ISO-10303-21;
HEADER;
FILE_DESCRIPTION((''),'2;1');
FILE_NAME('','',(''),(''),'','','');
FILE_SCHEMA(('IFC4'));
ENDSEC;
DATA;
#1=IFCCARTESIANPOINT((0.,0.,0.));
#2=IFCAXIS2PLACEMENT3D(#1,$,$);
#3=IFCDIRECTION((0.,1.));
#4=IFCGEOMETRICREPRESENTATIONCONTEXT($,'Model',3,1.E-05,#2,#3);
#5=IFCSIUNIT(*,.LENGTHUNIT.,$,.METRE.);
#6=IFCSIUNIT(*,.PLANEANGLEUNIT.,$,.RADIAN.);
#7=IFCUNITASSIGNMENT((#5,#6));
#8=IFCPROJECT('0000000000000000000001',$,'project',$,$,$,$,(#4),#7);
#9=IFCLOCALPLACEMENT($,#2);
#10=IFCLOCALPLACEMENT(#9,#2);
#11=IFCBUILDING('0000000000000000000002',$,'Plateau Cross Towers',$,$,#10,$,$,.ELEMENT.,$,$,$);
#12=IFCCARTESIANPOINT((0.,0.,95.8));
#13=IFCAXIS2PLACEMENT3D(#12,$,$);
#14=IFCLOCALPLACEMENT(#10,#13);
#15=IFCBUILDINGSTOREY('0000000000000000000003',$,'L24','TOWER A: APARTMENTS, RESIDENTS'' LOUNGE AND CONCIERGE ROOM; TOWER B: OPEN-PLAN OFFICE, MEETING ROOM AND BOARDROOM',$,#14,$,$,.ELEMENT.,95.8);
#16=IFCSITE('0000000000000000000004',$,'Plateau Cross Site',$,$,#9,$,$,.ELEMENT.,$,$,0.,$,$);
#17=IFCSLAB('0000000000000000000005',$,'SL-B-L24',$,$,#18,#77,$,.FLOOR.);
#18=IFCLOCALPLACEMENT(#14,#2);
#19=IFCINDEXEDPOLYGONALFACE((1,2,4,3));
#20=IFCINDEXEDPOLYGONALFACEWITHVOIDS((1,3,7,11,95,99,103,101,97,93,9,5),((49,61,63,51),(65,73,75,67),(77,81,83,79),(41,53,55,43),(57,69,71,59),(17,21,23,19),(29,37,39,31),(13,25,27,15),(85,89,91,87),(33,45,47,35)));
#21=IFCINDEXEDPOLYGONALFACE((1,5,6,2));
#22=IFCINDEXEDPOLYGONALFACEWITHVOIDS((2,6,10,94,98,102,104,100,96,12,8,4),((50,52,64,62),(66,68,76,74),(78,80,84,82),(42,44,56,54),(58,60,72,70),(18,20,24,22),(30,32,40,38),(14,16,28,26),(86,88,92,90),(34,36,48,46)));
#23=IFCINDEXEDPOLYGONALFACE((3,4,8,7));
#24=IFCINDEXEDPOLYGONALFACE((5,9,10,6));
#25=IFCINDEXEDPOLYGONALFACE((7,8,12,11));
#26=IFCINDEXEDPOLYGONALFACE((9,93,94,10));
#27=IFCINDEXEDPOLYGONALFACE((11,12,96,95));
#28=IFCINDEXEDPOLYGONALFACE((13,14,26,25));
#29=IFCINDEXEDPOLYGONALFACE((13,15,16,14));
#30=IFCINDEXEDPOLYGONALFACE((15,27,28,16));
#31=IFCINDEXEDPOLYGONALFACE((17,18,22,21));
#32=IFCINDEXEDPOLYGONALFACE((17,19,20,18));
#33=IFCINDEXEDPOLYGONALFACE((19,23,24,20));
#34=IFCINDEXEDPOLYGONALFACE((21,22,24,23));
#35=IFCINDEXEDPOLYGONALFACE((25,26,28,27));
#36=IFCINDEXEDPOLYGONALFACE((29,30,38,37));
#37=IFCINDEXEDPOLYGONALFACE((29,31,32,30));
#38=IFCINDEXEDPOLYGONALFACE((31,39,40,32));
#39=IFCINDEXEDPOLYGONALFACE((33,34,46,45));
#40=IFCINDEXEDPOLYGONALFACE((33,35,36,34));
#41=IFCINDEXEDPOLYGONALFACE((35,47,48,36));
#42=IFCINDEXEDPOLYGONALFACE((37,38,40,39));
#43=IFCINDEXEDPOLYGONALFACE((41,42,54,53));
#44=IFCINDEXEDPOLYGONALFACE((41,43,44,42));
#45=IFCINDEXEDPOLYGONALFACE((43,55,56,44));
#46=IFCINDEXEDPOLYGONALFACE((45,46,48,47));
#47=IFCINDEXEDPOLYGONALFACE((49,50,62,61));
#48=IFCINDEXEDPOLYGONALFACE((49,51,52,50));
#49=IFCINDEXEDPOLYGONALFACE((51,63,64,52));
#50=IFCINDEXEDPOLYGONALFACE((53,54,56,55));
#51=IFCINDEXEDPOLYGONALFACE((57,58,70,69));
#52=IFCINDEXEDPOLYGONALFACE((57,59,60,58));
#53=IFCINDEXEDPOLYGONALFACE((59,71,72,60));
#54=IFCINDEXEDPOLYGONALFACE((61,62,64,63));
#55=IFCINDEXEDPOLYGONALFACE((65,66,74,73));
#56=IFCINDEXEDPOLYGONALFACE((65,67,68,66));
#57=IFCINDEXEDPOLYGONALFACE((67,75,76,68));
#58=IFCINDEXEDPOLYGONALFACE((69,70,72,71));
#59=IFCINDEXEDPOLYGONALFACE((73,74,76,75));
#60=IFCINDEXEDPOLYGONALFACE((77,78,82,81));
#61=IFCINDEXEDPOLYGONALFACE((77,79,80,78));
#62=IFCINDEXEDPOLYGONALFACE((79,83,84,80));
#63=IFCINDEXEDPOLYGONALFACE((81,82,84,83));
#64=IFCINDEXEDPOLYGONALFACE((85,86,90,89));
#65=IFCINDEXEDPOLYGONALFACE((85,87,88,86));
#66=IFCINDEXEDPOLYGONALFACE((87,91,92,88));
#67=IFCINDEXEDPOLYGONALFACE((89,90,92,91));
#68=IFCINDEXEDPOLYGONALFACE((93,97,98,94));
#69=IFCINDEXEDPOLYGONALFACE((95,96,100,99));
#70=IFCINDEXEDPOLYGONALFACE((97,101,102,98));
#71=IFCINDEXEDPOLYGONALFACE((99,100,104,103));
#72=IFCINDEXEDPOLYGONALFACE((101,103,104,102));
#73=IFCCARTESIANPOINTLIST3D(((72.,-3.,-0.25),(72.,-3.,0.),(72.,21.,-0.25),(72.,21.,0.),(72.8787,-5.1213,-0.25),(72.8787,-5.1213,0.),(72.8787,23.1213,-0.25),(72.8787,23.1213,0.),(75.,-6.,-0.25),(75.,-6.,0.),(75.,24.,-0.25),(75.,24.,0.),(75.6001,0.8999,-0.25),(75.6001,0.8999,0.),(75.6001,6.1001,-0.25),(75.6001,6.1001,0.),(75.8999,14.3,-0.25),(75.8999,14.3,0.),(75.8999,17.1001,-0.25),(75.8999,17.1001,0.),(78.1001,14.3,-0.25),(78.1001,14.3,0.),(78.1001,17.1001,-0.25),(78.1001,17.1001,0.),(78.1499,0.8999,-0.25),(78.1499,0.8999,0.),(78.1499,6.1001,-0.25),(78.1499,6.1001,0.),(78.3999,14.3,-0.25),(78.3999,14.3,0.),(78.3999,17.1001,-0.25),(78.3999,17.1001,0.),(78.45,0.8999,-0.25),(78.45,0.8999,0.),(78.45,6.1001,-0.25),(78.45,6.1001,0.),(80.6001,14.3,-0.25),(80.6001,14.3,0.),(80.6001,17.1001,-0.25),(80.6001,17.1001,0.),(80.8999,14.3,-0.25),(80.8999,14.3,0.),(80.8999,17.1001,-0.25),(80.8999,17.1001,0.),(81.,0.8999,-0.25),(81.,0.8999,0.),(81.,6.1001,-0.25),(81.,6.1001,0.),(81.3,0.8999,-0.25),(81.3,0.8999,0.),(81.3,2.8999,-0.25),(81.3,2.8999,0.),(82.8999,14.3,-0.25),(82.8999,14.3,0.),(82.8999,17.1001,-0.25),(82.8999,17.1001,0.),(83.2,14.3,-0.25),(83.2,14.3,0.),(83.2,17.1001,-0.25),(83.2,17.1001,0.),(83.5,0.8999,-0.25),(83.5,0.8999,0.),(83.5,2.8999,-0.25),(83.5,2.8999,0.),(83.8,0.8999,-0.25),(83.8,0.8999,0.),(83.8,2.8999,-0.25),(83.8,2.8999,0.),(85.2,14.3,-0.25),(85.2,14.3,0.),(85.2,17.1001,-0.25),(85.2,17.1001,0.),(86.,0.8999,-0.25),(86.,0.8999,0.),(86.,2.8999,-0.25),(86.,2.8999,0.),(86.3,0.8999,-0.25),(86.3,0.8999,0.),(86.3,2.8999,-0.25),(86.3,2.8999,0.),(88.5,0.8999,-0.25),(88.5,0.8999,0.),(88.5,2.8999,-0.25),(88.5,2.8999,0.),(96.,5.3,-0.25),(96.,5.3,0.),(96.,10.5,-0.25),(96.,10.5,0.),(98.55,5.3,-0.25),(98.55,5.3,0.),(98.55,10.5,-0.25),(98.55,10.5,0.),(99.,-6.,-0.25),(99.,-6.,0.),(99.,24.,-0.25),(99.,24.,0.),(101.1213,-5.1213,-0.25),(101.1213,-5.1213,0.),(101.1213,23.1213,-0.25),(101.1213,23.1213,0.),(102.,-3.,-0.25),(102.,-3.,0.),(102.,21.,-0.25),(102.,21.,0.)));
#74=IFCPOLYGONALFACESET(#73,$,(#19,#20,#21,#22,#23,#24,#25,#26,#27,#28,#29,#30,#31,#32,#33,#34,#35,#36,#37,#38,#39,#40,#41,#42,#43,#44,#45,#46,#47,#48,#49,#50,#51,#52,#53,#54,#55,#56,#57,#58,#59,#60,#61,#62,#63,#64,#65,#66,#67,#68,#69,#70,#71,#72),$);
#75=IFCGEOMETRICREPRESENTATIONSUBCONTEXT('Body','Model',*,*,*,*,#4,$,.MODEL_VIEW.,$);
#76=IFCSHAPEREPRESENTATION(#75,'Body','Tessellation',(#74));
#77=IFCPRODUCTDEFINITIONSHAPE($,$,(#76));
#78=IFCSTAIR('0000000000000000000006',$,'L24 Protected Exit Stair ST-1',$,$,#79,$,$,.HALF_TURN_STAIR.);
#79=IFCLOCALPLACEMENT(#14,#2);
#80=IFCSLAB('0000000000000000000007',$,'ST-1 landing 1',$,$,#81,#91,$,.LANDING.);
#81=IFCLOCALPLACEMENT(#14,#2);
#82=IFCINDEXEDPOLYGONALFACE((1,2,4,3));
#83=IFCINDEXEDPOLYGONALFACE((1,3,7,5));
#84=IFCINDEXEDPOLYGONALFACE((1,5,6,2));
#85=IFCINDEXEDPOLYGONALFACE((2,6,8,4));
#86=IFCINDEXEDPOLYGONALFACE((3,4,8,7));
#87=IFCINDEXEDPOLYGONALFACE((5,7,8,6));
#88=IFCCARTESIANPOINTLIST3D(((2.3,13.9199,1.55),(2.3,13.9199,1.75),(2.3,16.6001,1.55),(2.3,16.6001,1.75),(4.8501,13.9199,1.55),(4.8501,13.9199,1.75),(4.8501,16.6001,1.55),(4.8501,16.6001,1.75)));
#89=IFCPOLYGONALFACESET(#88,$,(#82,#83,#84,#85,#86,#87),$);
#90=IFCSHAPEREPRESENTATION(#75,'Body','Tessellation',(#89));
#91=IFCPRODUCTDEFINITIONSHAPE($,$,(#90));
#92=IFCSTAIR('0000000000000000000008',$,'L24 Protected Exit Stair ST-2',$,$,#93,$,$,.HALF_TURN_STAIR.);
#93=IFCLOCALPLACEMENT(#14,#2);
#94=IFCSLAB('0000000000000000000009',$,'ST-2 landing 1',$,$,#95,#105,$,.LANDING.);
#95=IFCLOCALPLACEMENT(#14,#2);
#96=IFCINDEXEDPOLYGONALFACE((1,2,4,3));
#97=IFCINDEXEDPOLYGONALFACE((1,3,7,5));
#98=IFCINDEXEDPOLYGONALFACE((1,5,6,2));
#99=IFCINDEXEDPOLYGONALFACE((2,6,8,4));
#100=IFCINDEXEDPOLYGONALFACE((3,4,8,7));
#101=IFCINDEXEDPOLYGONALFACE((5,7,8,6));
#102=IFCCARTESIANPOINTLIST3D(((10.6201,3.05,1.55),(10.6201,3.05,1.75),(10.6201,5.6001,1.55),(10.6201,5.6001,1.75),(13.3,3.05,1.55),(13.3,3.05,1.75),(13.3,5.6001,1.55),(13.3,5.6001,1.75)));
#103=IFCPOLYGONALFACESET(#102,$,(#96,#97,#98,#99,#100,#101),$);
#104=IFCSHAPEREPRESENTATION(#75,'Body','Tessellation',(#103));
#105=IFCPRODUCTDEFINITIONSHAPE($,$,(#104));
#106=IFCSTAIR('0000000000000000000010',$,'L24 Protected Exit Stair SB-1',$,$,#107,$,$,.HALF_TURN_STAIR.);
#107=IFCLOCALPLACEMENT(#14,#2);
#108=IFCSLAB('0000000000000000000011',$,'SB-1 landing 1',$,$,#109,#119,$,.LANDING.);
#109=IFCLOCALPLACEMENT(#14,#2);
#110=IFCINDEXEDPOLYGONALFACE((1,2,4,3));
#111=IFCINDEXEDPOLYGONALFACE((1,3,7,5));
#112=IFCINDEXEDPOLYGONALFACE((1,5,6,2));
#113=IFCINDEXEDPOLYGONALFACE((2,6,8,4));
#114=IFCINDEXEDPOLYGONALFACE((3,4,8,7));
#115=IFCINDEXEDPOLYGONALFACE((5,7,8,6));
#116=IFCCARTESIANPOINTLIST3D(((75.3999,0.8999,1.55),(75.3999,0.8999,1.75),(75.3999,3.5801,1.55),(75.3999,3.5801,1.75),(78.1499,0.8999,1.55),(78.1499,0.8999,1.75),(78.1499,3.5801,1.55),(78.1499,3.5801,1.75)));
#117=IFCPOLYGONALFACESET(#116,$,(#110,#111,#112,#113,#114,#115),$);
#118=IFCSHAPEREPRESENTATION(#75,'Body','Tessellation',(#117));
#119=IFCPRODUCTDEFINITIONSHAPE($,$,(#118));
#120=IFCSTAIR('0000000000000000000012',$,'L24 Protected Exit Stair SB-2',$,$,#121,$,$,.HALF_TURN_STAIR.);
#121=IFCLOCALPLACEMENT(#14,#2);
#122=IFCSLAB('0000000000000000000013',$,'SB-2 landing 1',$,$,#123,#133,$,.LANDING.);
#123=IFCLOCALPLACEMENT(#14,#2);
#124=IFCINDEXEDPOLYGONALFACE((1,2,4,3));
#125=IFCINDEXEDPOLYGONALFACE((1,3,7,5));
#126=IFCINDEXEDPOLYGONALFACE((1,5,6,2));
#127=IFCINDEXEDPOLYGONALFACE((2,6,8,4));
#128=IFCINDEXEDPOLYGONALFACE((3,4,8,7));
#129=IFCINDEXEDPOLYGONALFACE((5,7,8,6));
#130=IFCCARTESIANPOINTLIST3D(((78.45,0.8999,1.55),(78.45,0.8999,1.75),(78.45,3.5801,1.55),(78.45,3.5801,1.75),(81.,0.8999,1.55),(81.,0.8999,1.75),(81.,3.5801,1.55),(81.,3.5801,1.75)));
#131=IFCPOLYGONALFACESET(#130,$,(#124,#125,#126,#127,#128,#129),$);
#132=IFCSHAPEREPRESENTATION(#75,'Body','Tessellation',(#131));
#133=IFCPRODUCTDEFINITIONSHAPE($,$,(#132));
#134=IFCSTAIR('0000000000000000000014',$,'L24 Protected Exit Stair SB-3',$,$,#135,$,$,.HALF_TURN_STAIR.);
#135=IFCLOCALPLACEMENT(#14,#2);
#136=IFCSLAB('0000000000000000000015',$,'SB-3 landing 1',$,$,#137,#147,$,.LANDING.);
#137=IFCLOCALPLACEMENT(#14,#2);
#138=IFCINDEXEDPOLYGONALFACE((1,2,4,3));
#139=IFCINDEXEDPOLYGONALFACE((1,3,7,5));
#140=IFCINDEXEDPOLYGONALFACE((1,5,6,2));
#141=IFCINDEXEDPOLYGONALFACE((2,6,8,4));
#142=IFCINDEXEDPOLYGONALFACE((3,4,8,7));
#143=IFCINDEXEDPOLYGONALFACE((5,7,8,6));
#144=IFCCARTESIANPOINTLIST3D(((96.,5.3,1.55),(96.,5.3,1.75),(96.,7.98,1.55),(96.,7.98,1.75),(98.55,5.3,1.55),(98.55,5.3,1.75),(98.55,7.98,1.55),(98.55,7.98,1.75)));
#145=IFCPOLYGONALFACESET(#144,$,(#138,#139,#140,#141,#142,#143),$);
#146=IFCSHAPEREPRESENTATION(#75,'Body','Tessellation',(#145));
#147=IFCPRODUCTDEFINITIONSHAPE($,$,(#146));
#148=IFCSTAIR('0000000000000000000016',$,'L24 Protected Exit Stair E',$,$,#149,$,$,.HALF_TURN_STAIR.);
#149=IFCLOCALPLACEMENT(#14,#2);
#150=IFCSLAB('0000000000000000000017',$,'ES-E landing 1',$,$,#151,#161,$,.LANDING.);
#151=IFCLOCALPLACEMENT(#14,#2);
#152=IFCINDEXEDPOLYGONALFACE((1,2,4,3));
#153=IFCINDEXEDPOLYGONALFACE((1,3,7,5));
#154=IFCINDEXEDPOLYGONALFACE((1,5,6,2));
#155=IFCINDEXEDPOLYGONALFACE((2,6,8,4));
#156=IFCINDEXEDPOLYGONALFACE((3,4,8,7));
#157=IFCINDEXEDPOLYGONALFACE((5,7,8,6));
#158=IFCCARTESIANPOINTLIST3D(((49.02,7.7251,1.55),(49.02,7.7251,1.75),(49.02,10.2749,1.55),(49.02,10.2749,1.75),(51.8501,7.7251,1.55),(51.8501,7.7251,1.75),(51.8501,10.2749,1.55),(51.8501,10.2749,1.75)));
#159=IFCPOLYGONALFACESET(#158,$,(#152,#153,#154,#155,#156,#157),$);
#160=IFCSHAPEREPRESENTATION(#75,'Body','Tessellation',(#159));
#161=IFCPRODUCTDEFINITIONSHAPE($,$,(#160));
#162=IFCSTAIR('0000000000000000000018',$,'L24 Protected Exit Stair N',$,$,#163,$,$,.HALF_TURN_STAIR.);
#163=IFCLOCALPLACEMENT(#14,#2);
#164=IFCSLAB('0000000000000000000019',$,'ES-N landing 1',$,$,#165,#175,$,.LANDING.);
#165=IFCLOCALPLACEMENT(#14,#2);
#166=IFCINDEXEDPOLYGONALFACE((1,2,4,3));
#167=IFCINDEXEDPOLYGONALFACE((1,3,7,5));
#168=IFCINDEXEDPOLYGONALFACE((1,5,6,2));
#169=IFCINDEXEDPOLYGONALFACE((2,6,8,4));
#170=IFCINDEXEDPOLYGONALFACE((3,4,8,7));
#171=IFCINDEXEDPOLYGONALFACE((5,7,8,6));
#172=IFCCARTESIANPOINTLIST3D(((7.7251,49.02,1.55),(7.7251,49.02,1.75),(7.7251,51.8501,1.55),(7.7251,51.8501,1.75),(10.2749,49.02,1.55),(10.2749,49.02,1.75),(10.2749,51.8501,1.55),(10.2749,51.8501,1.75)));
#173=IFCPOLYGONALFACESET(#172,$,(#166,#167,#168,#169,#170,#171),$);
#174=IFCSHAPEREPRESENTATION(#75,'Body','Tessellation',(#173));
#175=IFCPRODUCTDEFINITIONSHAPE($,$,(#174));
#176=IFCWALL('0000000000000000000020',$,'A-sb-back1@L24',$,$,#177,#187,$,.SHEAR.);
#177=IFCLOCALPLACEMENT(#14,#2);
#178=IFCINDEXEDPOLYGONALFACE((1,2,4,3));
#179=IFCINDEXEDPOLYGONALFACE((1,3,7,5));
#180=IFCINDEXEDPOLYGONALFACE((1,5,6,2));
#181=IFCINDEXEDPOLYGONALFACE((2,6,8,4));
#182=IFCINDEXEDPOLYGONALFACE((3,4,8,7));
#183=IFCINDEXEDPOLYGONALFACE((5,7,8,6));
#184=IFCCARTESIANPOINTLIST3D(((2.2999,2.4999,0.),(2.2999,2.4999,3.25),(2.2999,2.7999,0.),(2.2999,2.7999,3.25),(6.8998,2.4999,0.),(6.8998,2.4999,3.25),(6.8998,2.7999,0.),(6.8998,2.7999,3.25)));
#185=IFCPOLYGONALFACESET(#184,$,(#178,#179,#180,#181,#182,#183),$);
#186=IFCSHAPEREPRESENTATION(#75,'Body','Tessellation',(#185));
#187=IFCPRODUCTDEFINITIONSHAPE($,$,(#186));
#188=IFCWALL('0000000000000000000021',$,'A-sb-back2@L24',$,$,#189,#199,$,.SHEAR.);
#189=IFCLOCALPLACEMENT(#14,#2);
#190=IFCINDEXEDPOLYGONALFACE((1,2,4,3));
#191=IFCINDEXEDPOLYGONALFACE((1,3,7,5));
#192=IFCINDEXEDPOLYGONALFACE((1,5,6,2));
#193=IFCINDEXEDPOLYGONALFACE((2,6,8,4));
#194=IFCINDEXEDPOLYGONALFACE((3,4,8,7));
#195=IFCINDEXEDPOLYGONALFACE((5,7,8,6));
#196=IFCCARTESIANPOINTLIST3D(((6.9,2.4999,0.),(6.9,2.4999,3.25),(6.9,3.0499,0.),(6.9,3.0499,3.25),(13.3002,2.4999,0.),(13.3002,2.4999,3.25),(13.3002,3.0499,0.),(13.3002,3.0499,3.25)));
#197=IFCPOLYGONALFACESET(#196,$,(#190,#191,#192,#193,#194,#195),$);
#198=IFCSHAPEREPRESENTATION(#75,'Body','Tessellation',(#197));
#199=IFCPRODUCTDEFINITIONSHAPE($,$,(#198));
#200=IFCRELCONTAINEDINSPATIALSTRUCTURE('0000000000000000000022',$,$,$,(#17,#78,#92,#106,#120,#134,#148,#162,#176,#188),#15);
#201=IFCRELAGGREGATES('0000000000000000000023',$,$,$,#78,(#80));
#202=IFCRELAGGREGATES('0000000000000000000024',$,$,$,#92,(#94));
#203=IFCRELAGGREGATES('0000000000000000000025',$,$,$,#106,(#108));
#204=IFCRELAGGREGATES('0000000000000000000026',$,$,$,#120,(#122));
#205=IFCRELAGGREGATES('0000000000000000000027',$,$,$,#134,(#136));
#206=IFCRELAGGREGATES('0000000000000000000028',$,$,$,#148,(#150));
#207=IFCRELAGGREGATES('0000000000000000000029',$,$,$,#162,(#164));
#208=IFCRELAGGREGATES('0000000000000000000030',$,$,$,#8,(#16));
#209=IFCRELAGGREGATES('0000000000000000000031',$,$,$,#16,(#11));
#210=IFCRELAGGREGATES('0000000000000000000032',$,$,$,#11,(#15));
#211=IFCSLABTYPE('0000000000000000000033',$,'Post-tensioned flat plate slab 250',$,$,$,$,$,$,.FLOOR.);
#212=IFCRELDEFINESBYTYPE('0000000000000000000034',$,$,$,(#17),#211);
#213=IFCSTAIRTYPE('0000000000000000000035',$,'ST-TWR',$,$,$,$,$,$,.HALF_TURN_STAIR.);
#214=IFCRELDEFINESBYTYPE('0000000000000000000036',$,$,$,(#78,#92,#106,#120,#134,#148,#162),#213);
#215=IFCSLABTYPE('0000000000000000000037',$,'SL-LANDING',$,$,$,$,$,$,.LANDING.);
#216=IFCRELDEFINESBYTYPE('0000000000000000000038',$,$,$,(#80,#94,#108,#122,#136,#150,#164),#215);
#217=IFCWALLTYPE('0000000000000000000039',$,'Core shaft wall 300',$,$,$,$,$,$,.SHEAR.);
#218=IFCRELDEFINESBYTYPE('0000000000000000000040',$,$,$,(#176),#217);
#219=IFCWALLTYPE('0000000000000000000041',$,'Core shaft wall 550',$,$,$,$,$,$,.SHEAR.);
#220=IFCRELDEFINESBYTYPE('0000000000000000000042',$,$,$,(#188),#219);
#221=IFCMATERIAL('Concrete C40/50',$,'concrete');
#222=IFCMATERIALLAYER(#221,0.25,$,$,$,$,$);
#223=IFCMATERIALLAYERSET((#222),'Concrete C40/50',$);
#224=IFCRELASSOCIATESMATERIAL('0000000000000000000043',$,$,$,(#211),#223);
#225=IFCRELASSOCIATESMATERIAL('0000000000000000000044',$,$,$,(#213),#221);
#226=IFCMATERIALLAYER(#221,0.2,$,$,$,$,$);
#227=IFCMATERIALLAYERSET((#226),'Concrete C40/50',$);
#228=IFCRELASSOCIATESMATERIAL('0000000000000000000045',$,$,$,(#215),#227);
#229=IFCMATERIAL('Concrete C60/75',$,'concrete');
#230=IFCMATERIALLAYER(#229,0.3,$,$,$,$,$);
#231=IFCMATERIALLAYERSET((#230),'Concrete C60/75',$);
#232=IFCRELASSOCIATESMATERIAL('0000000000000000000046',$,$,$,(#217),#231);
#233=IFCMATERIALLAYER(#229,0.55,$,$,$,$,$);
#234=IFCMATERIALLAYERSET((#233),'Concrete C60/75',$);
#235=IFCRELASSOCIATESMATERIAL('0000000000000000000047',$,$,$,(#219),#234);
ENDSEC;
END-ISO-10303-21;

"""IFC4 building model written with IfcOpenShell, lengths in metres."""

from ifc_helpers import new_model, si_unit, direction, frame, frame_2d, origin, place, context, subcontext, project, spatial, polyline, rectangle, outline, extrude, material, layer, layer_set, type_object, element, aggregate, save


model = new_model("IFC4")

# Units and contexts
model_context = context("Model", 3, precision=1e-05, world=origin(), true_north=direction((0.0, 1.0)))
body_context = subcontext(model_context, "Body", "Model", "MODEL_VIEW")
ifc_project = project(units=[si_unit("LENGTHUNIT", "METRE"), si_unit("PLANEANGLEUNIT", "RADIAN")], contexts=[model_context])

# Site, building, storey
site_placement = place(None, origin())
site = spatial("IfcSite", under=ifc_project, at=site_placement, Name="Plateau Cross Site", CompositionType="ELEMENT", RefElevation=0.0)
building_placement = place(site_placement, origin())
building = spatial("IfcBuilding", under=site, at=building_placement, Name="Plateau Cross Towers", CompositionType="ELEMENT")
storey_placement = place(building_placement, frame((0.0, 0.0, 95.8)))
storey = spatial("IfcBuildingStorey", under=building, at=storey_placement, Name="L24", Description="TOWER A: APARTMENTS, RESIDENTS' LOUNGE AND CONCIERGE ROOM; TOWER B: OPEN-PLAN OFFICE, MEETING ROOM AND BOARDROOM", CompositionType="ELEMENT", Elevation=95.8)

# Shared definitions
ifc_material_1 = material(Name="Concrete C60/75", Category="concrete")

# Shared definitions
ifc_material_2 = material(Name="Concrete C40/50", Category="concrete")

# Slab
ifc_layer_1 = layer(ifc_material_2, 0.25)
ifc_layer_set_1 = layer_set([ifc_layer_1], Name="Concrete C40/50")
slab_type_1 = type_object("IfcSlabType", Name="Post-tensioned flat plate slab 250", PredefinedType="FLOOR", material=ifc_layer_set_1)
slab_1_placement = place(storey_placement, frame((0.0, 0.0, -0.25)))
element("IfcSlab", 1, at=slab_1_placement, inside=storey, type_object=slab_type_1, Name="SL-B-L24", PredefinedType="FLOOR", context=body_context, shape_type="SweptSolid", body=[
    extrude(outline(polyline([(72.8787, -5.1213), (72.0, -3.0), (72.0, 21.0), (72.8787, 23.1213), (75.0, 24.0), (99.0, 24.0), (101.1213, 23.1213), (102.0, 21.0), (102.0, -3.0), (101.1213, -5.1213), (99.0, -6.0), (75.0, -6.0), (72.8787, -5.1213)]), holes=[polyline([(75.6001, 0.8999), (78.1499, 0.8999), (78.1499, 6.1001), (75.6001, 6.1001), (75.6001, 0.8999)]), polyline([(78.1001, 14.3), (78.1001, 17.1001), (75.8999, 17.1001), (75.8999, 14.3), (78.1001, 14.3)]), polyline([(83.5, 0.8999), (83.5, 2.8999), (81.3, 2.8999), (81.3, 0.8999), (83.5, 0.8999)]), polyline([(86.0, 0.8999), (86.0, 2.8999), (83.8, 2.8999), (83.8, 0.8999), (86.0, 0.8999)]), polyline([(88.5, 0.8999), (88.5, 2.8999), (86.3, 2.8999), (86.3, 0.8999), (88.5, 0.8999)]), polyline([(78.45, 0.8999), (81.0, 0.8999), (81.0, 6.1001), (78.45, 6.1001), (78.45, 0.8999)]), polyline([(96.0, 5.3), (98.55, 5.3), (98.55, 10.5), (96.0, 10.5), (96.0, 5.3)]), polyline([(80.6001, 14.3), (80.6001, 17.1001), (78.3999, 17.1001), (78.3999, 14.3), (80.6001, 14.3)]), polyline([(80.8999, 14.3), (82.8999, 14.3), (82.8999, 17.1001), (80.8999, 17.1001), (80.8999, 14.3)]), polyline([(83.2, 14.3), (85.2, 14.3), (85.2, 17.1001), (83.2, 17.1001), (83.2, 14.3)])]), origin(), (0.0, 0.0, 1.0), 0.25),
])

# Stairs, slabs
stair_type = type_object("IfcStairType", Name="ST-TWR", PredefinedType="HALF_TURN_STAIR", material=ifc_material_2)
stair_1_placement = place(storey_placement, origin())
stair_1 = element("IfcStair", 2, at=stair_1_placement, inside=storey, type_object=stair_type, Name="L24 Protected Exit Stair ST-1", PredefinedType="HALF_TURN_STAIR")
ifc_layer_2 = layer(ifc_material_2, 0.2)
ifc_layer_set_2 = layer_set([ifc_layer_2], Name="Concrete C40/50")
slab_type_2 = type_object("IfcSlabType", Name="SL-LANDING", PredefinedType="LANDING", material=ifc_layer_set_2)
slab_2_placement = place(storey_placement, frame((0.0, 0.0, 1.55)))
slab_2 = element("IfcSlab", 3, at=slab_2_placement, type_object=slab_type_2, Name="ST-1 landing 1", PredefinedType="LANDING", context=body_context, shape_type="SweptSolid", body=[
    extrude(outline(polyline([(4.8501, 13.9199), (4.8501, 16.6001), (2.3, 16.6001), (2.3, 13.9199), (4.8501, 13.9199)])), origin(), (0.0, 0.0, 1.0), 0.2),
])
aggregate(stair_1, [slab_2])
stair_2_placement = place(storey_placement, origin())
stair_2 = element("IfcStair", 4, at=stair_2_placement, inside=storey, type_object=stair_type, Name="L24 Protected Exit Stair ST-2", PredefinedType="HALF_TURN_STAIR")
slab_3_placement = place(storey_placement, frame((0.0, 0.0, 1.55)))
slab_3 = element("IfcSlab", 5, at=slab_3_placement, type_object=slab_type_2, Name="ST-2 landing 1", PredefinedType="LANDING", context=body_context, shape_type="SweptSolid", body=[
    extrude(outline(polyline([(10.6201, 3.05), (13.3, 3.05), (13.3, 5.6001), (10.6201, 5.6001), (10.6201, 3.05)])), origin(), (0.0, 0.0, 1.0), 0.2),
])
aggregate(stair_2, [slab_3])
stair_3_placement = place(storey_placement, origin())
stair_3 = element("IfcStair", 6, at=stair_3_placement, inside=storey, type_object=stair_type, Name="L24 Protected Exit Stair SB-1", PredefinedType="HALF_TURN_STAIR")
slab_4_placement = place(storey_placement, frame((0.0, 0.0, 1.55)))
slab_4 = element("IfcSlab", 7, at=slab_4_placement, type_object=slab_type_2, Name="SB-1 landing 1", PredefinedType="LANDING", context=body_context, shape_type="SweptSolid", body=[
    extrude(outline(polyline([(75.3999, 3.5801), (75.3999, 0.8999), (78.1499, 0.8999), (78.1499, 3.5801), (75.3999, 3.5801)])), origin(), (0.0, 0.0, 1.0), 0.2),
])
aggregate(stair_3, [slab_4])
stair_4_placement = place(storey_placement, origin())
stair_4 = element("IfcStair", 8, at=stair_4_placement, inside=storey, type_object=stair_type, Name="L24 Protected Exit Stair SB-2", PredefinedType="HALF_TURN_STAIR")
slab_5_placement = place(storey_placement, frame((0.0, 0.0, 1.55)))
slab_5 = element("IfcSlab", 9, at=slab_5_placement, type_object=slab_type_2, Name="SB-2 landing 1", PredefinedType="LANDING", context=body_context, shape_type="SweptSolid", body=[
    extrude(outline(polyline([(78.45, 3.5801), (78.45, 0.8999), (81.0, 0.8999), (81.0, 3.5801), (78.45, 3.5801)])), origin(), (0.0, 0.0, 1.0), 0.2),
])
aggregate(stair_4, [slab_5])
stair_5_placement = place(storey_placement, origin())
stair_5 = element("IfcStair", 10, at=stair_5_placement, inside=storey, type_object=stair_type, Name="L24 Protected Exit Stair SB-3", PredefinedType="HALF_TURN_STAIR")
slab_6_placement = place(storey_placement, frame((0.0, 0.0, 1.55)))
slab_6 = element("IfcSlab", 11, at=slab_6_placement, type_object=slab_type_2, Name="SB-3 landing 1", PredefinedType="LANDING", context=body_context, shape_type="SweptSolid", body=[
    extrude(outline(polyline([(96.0, 7.98), (96.0, 5.3), (98.55, 5.3), (98.55, 7.98), (96.0, 7.98)])), origin(), (0.0, 0.0, 1.0), 0.2),
])
aggregate(stair_5, [slab_6])
stair_6_placement = place(storey_placement, origin())
stair_6 = element("IfcStair", 12, at=stair_6_placement, inside=storey, type_object=stair_type, Name="L24 Protected Exit Stair E", PredefinedType="HALF_TURN_STAIR")
slab_7_placement = place(storey_placement, frame((0.0, 0.0, 1.55)))
slab_7 = element("IfcSlab", 13, at=slab_7_placement, type_object=slab_type_2, Name="ES-E landing 1", PredefinedType="LANDING", context=body_context, shape_type="SweptSolid", body=[
    extrude(outline(polyline([(49.02, 7.7251), (51.8501, 7.7251), (51.8501, 10.2749), (49.02, 10.2749), (49.02, 7.7251)])), origin(), (0.0, 0.0, 1.0), 0.2),
])
aggregate(stair_6, [slab_7])
stair_7_placement = place(storey_placement, origin())
stair_7 = element("IfcStair", 14, at=stair_7_placement, inside=storey, type_object=stair_type, Name="L24 Protected Exit Stair N", PredefinedType="HALF_TURN_STAIR")
slab_8_placement = place(storey_placement, frame((0.0, 0.0, 1.55)))
slab_8 = element("IfcSlab", 15, at=slab_8_placement, type_object=slab_type_2, Name="ES-N landing 1", PredefinedType="LANDING", context=body_context, shape_type="SweptSolid", body=[
    extrude(outline(polyline([(10.2749, 49.02), (10.2749, 51.8501), (7.7251, 51.8501), (7.7251, 49.02), (10.2749, 49.02)])), origin(), (0.0, 0.0, 1.0), 0.2),
])
aggregate(stair_7, [slab_8])

# Walls
ifc_layer_3 = layer(ifc_material_1, 0.3)
ifc_layer_set_3 = layer_set([ifc_layer_3], Name="Concrete C60/75")
wall_type_1 = type_object("IfcWallType", Name="Core shaft wall 300", PredefinedType="SHEAR", material=ifc_layer_set_3)
wall_1_placement = place(storey_placement, frame((2.3, 2.6499, 0.0), z_axis=(0.0, 0.0, 1.0), x_axis=(1.0, 0.0, 0.0)))
element("IfcWall", 16, at=wall_1_placement, inside=storey, type_object=wall_type_1, Name="A-sb-back1@L24", PredefinedType="SHEAR", context=body_context, shape_type="SweptSolid", body=[
    extrude(rectangle(XDim=4.5999, YDim=0.3, at=frame_2d((2.2998, 0.0))), origin(), (0.0, 0.0, 1.0), 3.25),
])
ifc_layer_4 = layer(ifc_material_1, 0.55)
ifc_layer_set_4 = layer_set([ifc_layer_4], Name="Concrete C60/75")
wall_type_2 = type_object("IfcWallType", Name="Core shaft wall 550", PredefinedType="SHEAR", material=ifc_layer_set_4)
wall_2_placement = place(storey_placement, frame((6.8999, 2.7749, 0.0), z_axis=(0.0, 0.0, 1.0), x_axis=(1.0, 0.0, 0.0)))
element("IfcWall", 17, at=wall_2_placement, inside=storey, type_object=wall_type_2, Name="A-sb-back2@L24", PredefinedType="SHEAR", context=body_context, shape_type="SweptSolid", body=[
    extrude(rectangle(XDim=6.4001, YDim=0.55, at=frame_2d((3.2002, 0.0))), origin(), (0.0, 0.0, 1.0), 3.25),
])

save(model, "model.ifc")
